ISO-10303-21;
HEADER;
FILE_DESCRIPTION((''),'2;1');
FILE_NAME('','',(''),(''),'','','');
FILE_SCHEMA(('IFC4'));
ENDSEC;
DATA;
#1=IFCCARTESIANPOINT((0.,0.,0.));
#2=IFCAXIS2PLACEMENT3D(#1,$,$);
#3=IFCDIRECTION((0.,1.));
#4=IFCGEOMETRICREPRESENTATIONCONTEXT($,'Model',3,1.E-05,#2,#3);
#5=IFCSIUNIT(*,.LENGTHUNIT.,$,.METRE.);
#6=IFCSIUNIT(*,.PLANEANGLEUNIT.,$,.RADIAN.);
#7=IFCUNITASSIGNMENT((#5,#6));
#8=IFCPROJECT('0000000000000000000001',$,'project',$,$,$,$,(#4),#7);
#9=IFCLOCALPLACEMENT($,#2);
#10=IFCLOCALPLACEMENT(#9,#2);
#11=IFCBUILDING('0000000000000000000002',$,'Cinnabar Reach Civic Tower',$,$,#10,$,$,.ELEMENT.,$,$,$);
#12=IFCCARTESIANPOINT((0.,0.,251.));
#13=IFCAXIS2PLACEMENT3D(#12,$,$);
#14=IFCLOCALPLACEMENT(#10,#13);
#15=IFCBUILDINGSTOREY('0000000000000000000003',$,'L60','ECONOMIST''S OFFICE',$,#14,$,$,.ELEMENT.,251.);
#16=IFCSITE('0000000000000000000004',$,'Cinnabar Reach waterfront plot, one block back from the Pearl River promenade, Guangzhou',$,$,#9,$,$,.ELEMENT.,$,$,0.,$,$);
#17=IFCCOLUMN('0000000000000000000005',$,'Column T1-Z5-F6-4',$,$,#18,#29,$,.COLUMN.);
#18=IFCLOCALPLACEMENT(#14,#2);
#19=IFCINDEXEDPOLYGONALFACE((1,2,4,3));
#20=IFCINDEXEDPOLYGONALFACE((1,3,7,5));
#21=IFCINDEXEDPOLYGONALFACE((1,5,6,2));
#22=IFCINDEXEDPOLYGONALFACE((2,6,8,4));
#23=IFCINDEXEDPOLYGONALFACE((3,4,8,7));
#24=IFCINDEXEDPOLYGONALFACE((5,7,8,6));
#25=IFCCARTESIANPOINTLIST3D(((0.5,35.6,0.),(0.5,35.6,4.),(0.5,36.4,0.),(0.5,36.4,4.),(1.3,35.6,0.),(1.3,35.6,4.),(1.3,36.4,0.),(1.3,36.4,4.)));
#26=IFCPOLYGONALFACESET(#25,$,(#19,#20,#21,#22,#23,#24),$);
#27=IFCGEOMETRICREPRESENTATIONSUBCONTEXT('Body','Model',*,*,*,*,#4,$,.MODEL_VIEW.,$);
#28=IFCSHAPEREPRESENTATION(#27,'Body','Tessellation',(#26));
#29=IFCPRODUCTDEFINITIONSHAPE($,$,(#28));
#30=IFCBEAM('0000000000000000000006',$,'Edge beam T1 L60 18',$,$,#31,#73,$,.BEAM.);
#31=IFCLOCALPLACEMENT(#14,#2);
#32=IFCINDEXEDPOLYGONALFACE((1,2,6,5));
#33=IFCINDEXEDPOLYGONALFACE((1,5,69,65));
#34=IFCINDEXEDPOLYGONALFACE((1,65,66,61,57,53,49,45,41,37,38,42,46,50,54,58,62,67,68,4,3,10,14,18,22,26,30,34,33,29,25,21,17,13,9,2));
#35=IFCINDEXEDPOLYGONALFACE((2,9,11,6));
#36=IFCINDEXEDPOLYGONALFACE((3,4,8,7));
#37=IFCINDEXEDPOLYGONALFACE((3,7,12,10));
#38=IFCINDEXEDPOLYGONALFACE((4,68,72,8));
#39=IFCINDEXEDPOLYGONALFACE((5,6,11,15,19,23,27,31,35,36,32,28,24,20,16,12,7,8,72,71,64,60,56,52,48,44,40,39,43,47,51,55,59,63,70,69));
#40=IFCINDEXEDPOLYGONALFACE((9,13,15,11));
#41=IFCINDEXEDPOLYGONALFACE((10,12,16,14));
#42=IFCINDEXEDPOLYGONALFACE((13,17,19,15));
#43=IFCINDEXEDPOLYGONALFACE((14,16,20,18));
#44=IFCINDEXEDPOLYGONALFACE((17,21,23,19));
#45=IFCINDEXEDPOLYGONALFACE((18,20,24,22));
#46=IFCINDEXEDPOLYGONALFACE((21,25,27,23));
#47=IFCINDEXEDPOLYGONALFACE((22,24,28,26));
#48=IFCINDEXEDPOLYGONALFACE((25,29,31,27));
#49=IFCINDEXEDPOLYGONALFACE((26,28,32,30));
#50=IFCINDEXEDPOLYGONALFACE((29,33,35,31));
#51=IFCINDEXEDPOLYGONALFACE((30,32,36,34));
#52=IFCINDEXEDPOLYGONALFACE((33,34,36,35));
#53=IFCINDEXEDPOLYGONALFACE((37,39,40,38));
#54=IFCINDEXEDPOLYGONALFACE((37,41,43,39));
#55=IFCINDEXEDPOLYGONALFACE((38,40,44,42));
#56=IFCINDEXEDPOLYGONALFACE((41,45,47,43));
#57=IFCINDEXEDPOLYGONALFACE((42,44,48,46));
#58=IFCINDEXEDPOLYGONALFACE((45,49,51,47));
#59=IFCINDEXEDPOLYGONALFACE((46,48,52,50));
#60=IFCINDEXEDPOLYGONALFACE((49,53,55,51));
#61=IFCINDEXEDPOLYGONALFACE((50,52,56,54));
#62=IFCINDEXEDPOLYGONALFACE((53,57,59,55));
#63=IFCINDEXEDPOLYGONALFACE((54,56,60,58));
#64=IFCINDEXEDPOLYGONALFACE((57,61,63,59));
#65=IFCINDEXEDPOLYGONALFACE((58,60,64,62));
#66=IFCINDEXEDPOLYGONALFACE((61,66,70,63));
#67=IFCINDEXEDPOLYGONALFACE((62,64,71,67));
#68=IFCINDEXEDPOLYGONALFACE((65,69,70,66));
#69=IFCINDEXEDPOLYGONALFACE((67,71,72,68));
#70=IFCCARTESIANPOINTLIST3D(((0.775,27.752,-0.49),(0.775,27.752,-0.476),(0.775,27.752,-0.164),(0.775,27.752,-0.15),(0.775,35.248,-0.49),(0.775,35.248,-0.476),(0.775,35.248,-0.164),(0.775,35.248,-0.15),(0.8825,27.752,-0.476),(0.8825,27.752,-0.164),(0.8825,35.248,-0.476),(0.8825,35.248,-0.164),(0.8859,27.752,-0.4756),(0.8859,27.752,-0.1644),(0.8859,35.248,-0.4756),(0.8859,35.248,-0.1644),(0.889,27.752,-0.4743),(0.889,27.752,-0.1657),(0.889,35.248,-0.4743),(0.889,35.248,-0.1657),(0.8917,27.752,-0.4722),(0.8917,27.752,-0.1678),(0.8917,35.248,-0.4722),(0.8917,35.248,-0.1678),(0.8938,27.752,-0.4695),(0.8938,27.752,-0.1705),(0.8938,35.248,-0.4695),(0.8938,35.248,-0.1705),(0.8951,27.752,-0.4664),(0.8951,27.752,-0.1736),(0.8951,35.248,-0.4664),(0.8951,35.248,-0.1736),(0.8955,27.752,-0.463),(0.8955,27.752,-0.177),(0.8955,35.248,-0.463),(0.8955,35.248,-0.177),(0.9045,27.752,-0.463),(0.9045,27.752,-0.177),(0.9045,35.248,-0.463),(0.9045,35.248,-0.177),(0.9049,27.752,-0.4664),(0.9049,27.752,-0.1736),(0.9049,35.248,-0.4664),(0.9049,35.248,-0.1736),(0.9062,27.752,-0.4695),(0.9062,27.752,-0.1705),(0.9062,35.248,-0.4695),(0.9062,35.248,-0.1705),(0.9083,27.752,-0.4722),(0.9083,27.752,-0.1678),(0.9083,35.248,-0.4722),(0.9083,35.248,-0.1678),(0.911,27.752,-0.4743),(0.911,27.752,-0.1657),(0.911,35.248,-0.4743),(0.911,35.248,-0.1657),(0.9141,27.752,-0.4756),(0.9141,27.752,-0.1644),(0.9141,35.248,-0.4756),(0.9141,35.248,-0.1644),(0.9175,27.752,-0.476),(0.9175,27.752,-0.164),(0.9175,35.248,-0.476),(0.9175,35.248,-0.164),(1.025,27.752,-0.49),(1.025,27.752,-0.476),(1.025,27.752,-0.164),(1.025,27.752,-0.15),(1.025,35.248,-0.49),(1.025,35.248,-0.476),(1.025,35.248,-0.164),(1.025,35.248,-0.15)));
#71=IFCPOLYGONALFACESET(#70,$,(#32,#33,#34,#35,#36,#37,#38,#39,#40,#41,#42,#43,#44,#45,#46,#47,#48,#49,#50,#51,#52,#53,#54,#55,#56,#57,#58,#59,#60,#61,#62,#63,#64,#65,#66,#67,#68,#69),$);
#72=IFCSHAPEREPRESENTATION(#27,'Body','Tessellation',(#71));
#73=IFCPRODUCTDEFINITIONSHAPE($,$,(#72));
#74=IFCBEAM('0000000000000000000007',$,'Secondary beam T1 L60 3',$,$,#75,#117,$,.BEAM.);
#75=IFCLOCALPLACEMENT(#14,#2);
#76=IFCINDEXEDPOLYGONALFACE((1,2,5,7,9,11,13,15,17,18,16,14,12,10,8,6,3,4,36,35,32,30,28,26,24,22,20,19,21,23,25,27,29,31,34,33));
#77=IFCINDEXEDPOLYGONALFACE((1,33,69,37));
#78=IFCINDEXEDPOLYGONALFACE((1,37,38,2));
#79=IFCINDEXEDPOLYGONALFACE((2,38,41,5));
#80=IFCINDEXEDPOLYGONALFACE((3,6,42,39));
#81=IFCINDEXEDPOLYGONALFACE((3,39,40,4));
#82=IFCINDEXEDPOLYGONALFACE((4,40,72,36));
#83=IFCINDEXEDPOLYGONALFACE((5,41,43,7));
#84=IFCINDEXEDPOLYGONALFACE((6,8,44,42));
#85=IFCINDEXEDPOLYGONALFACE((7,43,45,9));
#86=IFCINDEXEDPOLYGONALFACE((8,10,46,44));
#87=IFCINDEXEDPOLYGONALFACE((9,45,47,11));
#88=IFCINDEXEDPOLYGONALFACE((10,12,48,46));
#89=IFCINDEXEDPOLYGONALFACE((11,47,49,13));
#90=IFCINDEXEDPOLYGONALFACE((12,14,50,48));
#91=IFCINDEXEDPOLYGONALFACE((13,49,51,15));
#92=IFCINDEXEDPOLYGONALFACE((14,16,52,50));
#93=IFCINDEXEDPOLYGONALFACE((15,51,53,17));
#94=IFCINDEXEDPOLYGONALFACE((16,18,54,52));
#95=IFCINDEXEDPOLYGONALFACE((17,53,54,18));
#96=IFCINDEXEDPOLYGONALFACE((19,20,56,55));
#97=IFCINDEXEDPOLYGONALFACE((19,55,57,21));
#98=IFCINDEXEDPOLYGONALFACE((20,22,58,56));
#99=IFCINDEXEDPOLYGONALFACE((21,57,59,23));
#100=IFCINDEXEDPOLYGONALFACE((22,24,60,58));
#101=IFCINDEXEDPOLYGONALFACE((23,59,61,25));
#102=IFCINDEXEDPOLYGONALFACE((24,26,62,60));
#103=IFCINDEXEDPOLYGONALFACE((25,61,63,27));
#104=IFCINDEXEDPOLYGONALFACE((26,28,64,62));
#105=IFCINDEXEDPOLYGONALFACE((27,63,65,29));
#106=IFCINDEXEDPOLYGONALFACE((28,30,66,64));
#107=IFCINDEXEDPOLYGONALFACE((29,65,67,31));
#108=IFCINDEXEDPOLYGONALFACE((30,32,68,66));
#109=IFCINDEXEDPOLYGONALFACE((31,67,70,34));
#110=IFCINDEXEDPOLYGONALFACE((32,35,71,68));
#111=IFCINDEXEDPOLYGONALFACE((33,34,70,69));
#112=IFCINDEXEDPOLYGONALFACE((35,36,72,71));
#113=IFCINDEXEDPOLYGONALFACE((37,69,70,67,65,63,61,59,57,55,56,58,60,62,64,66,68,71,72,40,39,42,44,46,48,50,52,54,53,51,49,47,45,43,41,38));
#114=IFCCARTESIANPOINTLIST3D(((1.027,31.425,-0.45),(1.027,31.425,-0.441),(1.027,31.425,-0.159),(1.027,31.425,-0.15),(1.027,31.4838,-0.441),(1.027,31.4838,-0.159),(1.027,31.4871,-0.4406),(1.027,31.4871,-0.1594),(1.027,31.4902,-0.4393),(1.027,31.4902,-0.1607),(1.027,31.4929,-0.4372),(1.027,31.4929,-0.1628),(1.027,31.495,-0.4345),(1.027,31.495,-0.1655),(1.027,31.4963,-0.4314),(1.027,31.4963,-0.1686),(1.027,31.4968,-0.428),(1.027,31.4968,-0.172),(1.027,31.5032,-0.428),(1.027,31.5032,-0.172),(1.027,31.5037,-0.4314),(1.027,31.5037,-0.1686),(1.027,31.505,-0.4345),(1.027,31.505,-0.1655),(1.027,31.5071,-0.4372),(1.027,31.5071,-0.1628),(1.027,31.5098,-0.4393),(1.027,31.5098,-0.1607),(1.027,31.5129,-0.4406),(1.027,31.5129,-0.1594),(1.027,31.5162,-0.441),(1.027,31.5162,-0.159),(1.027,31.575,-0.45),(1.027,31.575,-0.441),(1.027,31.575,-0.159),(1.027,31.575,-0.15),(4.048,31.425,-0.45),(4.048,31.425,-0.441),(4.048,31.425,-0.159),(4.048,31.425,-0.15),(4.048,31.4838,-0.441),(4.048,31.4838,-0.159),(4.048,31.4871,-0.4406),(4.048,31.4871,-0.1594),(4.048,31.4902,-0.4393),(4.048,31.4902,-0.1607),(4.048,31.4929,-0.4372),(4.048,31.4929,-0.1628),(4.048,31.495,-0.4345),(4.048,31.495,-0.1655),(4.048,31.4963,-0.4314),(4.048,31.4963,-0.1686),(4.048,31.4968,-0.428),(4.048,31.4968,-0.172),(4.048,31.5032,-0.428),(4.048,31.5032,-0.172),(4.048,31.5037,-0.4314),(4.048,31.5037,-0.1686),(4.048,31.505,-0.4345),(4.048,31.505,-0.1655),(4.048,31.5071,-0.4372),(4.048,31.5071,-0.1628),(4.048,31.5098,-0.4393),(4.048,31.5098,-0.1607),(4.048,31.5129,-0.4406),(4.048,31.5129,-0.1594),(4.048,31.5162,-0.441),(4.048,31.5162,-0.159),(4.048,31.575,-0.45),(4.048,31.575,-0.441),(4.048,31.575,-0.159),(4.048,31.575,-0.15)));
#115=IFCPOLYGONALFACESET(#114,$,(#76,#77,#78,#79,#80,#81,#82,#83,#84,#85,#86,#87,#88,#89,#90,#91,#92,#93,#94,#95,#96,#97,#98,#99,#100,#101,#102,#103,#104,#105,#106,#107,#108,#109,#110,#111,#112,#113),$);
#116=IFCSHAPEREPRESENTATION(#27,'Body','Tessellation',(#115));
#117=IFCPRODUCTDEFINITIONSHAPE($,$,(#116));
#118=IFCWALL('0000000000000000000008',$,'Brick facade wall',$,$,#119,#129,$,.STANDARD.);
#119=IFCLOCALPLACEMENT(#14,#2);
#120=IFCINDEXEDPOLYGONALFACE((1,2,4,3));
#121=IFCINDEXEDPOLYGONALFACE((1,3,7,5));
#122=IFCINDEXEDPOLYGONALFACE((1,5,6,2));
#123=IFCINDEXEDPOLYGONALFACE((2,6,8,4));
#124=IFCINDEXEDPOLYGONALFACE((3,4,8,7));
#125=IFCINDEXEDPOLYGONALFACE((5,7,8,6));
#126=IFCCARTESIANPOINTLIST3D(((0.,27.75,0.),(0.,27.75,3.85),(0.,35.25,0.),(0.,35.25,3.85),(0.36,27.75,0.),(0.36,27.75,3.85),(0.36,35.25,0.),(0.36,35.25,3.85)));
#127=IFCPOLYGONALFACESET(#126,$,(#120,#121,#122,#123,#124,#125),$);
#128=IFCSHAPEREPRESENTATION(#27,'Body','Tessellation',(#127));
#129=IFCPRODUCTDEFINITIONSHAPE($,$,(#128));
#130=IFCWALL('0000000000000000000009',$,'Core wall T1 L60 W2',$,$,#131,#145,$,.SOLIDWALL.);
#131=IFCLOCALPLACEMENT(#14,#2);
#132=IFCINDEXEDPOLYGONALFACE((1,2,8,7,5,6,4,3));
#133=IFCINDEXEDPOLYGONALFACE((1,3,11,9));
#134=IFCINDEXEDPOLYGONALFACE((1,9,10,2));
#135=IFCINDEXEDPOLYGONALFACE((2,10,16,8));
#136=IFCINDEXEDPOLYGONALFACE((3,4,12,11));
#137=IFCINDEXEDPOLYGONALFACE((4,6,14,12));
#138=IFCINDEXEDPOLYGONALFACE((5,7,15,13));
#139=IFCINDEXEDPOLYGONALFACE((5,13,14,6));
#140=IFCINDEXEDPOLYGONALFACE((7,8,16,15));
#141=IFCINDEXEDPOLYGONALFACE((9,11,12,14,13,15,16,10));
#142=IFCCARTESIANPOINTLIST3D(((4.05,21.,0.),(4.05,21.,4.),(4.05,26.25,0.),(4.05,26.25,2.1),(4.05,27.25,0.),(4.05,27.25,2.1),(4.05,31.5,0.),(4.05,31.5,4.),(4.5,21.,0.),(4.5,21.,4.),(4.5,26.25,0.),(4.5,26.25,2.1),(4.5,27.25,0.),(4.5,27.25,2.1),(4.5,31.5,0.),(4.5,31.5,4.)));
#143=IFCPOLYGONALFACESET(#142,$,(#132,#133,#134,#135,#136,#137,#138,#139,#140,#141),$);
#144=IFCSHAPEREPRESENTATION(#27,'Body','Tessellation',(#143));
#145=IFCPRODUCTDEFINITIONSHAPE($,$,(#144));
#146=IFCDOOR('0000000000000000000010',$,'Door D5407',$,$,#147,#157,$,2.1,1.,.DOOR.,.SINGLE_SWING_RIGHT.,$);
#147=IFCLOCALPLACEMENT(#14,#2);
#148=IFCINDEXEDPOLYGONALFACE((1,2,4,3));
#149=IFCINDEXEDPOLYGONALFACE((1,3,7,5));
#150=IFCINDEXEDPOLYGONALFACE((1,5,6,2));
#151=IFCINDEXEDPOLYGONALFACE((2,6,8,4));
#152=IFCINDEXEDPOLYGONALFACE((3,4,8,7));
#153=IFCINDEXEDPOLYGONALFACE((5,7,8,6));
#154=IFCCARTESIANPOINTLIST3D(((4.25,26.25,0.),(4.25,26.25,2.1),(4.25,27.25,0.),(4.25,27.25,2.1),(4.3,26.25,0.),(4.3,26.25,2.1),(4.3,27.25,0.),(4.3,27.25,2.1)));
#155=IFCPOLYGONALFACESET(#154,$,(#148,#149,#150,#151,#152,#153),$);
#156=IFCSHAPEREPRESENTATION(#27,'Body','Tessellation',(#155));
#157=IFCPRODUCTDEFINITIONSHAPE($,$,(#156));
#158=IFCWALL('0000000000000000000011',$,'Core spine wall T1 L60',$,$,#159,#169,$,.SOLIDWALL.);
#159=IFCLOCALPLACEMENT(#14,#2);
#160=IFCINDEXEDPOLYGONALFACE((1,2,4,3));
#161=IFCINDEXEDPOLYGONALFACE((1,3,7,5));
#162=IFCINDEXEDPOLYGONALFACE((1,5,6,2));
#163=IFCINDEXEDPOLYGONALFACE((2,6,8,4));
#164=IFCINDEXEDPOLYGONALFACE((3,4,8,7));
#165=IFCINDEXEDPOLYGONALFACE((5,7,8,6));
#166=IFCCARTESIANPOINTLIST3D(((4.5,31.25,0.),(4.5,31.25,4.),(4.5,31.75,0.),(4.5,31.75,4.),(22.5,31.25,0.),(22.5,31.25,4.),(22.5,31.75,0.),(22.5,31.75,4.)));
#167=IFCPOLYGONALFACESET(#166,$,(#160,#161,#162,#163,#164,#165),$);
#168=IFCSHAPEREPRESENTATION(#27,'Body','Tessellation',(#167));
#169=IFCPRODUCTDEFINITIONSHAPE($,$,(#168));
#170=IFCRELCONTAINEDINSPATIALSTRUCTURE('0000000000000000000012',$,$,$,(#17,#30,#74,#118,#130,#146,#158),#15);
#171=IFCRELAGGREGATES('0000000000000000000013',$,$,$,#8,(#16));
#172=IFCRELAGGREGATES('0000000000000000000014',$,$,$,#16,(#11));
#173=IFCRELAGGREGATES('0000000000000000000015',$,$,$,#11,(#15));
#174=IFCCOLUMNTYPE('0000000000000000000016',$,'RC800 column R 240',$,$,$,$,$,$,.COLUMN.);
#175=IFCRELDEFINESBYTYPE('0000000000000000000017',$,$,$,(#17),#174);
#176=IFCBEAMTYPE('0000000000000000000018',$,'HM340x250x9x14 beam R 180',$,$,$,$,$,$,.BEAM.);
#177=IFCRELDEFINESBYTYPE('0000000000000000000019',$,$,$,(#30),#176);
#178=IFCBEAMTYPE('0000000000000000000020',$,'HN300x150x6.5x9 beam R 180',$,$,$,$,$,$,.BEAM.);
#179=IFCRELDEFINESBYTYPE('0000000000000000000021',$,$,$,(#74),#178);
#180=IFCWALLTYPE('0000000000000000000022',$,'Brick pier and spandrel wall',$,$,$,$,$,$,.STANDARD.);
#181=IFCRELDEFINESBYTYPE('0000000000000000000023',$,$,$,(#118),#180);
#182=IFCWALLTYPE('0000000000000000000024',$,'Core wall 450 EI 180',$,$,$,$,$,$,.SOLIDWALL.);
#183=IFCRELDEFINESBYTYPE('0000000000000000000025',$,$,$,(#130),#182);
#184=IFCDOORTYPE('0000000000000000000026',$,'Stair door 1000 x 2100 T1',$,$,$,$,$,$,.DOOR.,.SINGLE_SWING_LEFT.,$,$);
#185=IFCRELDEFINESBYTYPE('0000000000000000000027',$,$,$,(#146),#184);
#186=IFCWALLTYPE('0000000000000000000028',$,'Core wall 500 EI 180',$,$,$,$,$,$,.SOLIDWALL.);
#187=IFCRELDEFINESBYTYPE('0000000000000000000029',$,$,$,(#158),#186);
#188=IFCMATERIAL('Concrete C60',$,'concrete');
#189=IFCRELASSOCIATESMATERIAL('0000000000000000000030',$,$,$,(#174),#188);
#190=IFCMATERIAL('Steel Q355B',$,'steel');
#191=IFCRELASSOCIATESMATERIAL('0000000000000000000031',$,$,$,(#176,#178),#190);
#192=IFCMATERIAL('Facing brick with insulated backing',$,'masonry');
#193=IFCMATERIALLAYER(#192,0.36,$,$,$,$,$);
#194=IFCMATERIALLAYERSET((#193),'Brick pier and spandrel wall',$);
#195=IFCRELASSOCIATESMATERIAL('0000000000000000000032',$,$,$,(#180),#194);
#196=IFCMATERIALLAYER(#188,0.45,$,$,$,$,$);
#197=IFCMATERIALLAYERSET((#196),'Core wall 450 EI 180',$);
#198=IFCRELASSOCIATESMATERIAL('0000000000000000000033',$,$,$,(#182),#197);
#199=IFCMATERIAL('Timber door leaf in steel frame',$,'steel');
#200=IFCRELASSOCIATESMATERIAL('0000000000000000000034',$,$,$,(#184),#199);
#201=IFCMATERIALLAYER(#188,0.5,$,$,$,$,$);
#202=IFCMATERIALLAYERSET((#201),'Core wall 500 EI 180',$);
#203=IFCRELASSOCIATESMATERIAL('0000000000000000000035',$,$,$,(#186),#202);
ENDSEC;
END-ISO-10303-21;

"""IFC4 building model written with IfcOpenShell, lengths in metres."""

from ifc_helpers import new_model, si_unit, direction, frame, frame_2d, origin, origin_2d, place, context, subcontext, project, spatial, rectangle, i_section, extrude, material, layer, layer_set, material_profile, profile_set, type_object, element, fill, save


model = new_model("IFC4")

# Units and contexts
model_context = context("Model", 3, precision=1e-05, world=origin(), true_north=direction((0.0, 1.0)))
body_context = subcontext(model_context, "Body", "Model", "MODEL_VIEW")
ifc_project = project(units=[si_unit("LENGTHUNIT", "METRE"), si_unit("PLANEANGLEUNIT", "RADIAN")], contexts=[model_context])

# Site, building, storey
site_placement = place(None, origin())
site = spatial("IfcSite", under=ifc_project, at=site_placement, Name="Cinnabar Reach waterfront plot, one block back from the Pearl River promenade, Guangzhou", CompositionType="ELEMENT", RefElevation=0.0)
building_placement = place(site_placement, origin())
building = spatial("IfcBuilding", under=site, at=building_placement, Name="Cinnabar Reach Civic Tower", CompositionType="ELEMENT")
storey_placement = place(building_placement, frame((0.0, 0.0, 251.0)))
storey = spatial("IfcBuildingStorey", under=building, at=storey_placement, Name="L60", Description="ECONOMIST'S OFFICE", CompositionType="ELEMENT", Elevation=251.0)

# Column
ifc_material_1 = material(Name="Concrete C60", Category="concrete")
ifc_material_profile_1 = material_profile(ifc_material_1, rectangle(XDim=0.8, YDim=0.8, at=origin_2d()), Name="RC800")
ifc_profile_set_1 = profile_set([ifc_material_profile_1], Name="Concrete C60")
column_type = type_object("IfcColumnType", Name="RC800 column R 240", PredefinedType="COLUMN", material=ifc_profile_set_1)
column_placement = place(storey_placement, frame((0.9, 36.0, 0.0), z_axis=(0.0, 0.0, 1.0), x_axis=(1.0, 0.0, 0.0)))
element("IfcColumn", 1, at=column_placement, inside=storey, type_object=column_type, Name="Column T1-Z5-F6-4", PredefinedType="COLUMN", context=body_context, shape_type="SweptSolid", body=[
    extrude(rectangle(XDim=0.8, YDim=0.8, at=origin_2d()), origin(), (0.0, 0.0, 1.0), 4.0),
])

# Beams
ifc_material_2 = material(Name="Steel Q355B", Category="steel")
ifc_material_profile_2 = material_profile(ifc_material_2, i_section(OverallWidth=0.25, OverallDepth=0.34, WebThickness=0.009, FlangeThickness=0.014, FilletRadius=0.013, at=origin_2d()), Name="HM340x250x9x14")
ifc_profile_set_2 = profile_set([ifc_material_profile_2], Name="Steel Q355B")
beam_type_1 = type_object("IfcBeamType", Name="HM340x250x9x14 beam R 180", PredefinedType="BEAM", material=ifc_profile_set_2)
beam_1_placement = place(storey_placement, frame((0.9, 35.248, -0.32), z_axis=(0.0, -1.0, 0.0), x_axis=(1.0, 0.0, 0.0)))
element("IfcBeam", 2, at=beam_1_placement, inside=storey, type_object=beam_type_1, Name="Edge beam T1 L60 18", PredefinedType="BEAM", context=body_context, shape_type="SweptSolid", body=[
    extrude(i_section(OverallWidth=0.25, OverallDepth=0.34, WebThickness=0.009, FlangeThickness=0.014, FilletRadius=0.013, at=origin_2d()), origin(), (0.0, 0.0, 1.0), 7.496),
])
ifc_material_profile_3 = material_profile(ifc_material_2, i_section(OverallWidth=0.15, OverallDepth=0.3, WebThickness=0.0065, FlangeThickness=0.009, FilletRadius=0.013, at=origin_2d()), Name="HN300x150x6.5x9")
ifc_profile_set_3 = profile_set([ifc_material_profile_3], Name="Steel Q355B")
beam_type_2 = type_object("IfcBeamType", Name="HN300x150x6.5x9 beam R 180", PredefinedType="BEAM", material=ifc_profile_set_3)
beam_2_placement = place(storey_placement, frame((1.027, 31.5, -0.3), z_axis=(1.0, 0.0, 0.0), x_axis=(0.0, 1.0, 0.0)))
element("IfcBeam", 3, at=beam_2_placement, inside=storey, type_object=beam_type_2, Name="Secondary beam T1 L60 3", PredefinedType="BEAM", context=body_context, shape_type="SweptSolid", body=[
    extrude(i_section(OverallWidth=0.15, OverallDepth=0.3, WebThickness=0.0065, FlangeThickness=0.009, FilletRadius=0.013, at=origin_2d()), origin(), (0.0, 0.0, 1.0), 3.021),
])

# Wall
ifc_material_3 = material(Name="Facing brick with insulated backing", Category="masonry")
ifc_layer_1 = layer(ifc_material_3, 0.36)
ifc_layer_set_1 = layer_set([ifc_layer_1], Name="Brick pier and spandrel wall")
wall_type_1 = type_object("IfcWallType", Name="Brick pier and spandrel wall", PredefinedType="STANDARD", material=ifc_layer_set_1)
wall_1_placement = place(storey_placement, frame((0.18, 35.25, 0.0), z_axis=(0.0, 0.0, 1.0), x_axis=(0.0, -1.0, 0.0)))
element("IfcWall", 4, at=wall_1_placement, inside=storey, type_object=wall_type_1, Name="Brick facade wall", PredefinedType="STANDARD", context=body_context, shape_type="SweptSolid", body=[
    extrude(rectangle(XDim=7.5, YDim=0.36, at=frame_2d((3.75, 0.0))), origin(), (0.0, 0.0, 1.0), 3.85),
])

# Wall, opening, door
ifc_layer_2 = layer(ifc_material_1, 0.45)
ifc_layer_set_2 = layer_set([ifc_layer_2], Name="Core wall 450 EI 180")
wall_type_2 = type_object("IfcWallType", Name="Core wall 450 EI 180", PredefinedType="SOLIDWALL", material=ifc_layer_set_2)
wall_2_placement = place(storey_placement, frame((4.275, 31.5, 0.0), z_axis=(0.0, 0.0, 1.0), x_axis=(0.0, -1.0, 0.0)))
wall_2 = element("IfcWall", 5, at=wall_2_placement, inside=storey, type_object=wall_type_2, Name="Core wall T1 L60 W2", PredefinedType="SOLIDWALL", context=body_context, shape_type="SweptSolid", body=[
    extrude(rectangle(XDim=10.5, YDim=0.45, at=frame_2d((5.25, 0.0))), origin(), (0.0, 0.0, 1.0), 4.0),
])
opening_1_placement = place(wall_2_placement, frame((4.25, 0.0, 0.0)))
opening_1 = element("IfcOpeningElement", 6, at=opening_1_placement, cuts=wall_2, PredefinedType="OPENING", context=body_context, shape_type="SweptSolid", body=[
    extrude(rectangle(XDim=1.0, YDim=2.1, at=frame_2d((0.5, 1.05))), frame((0.0, 0.235, 0.0), z_axis=(0.0, -1.0, 0.0), x_axis=(1.0, 0.0, 0.0)), (0.0, 0.0, 1.0), 0.47),
])
ifc_material_4 = material(Name="Timber door leaf in steel frame", Category="steel")
door_type_1 = type_object("IfcDoorType", Name="Stair door 1000 x 2100 T1", OperationType="SINGLE_SWING_LEFT", PredefinedType="DOOR", material=ifc_material_4)
door_1_placement = place(opening_1_placement, frame((1.0, 0.0, 0.0), z_axis=(0.0, 0.0, 1.0), x_axis=(-1.0, 0.0, 0.0)))
door_1 = element("IfcDoor", 7, at=door_1_placement, inside=storey, type_object=door_type_1, Name="Door D5407", OperationType="SINGLE_SWING_RIGHT", OverallHeight=2.1, OverallWidth=1.0, PredefinedType="DOOR", context=body_context, shape_type="SweptSolid", body=[
    extrude(rectangle(XDim=1.0, YDim=2.1, at=frame_2d((0.5, 1.05))), frame((0.0, 0.025, 0.0), z_axis=(0.0, -1.0, 0.0), x_axis=(1.0, 0.0, 0.0)), (0.0, 0.0, 1.0), 0.05),
])
fill(opening_1, door_1)

# Wall
ifc_layer_3 = layer(ifc_material_1, 0.5)
ifc_layer_set_3 = layer_set([ifc_layer_3], Name="Core wall 500 EI 180")
wall_type_3 = type_object("IfcWallType", Name="Core wall 500 EI 180", PredefinedType="SOLIDWALL", material=ifc_layer_set_3)
wall_3_placement = place(storey_placement, frame((4.5, 31.5, 0.0), z_axis=(0.0, 0.0, 1.0), x_axis=(1.0, 0.0, 0.0)))
element("IfcWall", 8, at=wall_3_placement, inside=storey, type_object=wall_type_3, Name="Core spine wall T1 L60", PredefinedType="SOLIDWALL", context=body_context, shape_type="SweptSolid", body=[
    extrude(rectangle(XDim=18.0, YDim=0.5, at=frame_2d((9.0, 0.0))), origin(), (0.0, 0.0, 1.0), 4.0),
])

save(model, "model.ifc")
